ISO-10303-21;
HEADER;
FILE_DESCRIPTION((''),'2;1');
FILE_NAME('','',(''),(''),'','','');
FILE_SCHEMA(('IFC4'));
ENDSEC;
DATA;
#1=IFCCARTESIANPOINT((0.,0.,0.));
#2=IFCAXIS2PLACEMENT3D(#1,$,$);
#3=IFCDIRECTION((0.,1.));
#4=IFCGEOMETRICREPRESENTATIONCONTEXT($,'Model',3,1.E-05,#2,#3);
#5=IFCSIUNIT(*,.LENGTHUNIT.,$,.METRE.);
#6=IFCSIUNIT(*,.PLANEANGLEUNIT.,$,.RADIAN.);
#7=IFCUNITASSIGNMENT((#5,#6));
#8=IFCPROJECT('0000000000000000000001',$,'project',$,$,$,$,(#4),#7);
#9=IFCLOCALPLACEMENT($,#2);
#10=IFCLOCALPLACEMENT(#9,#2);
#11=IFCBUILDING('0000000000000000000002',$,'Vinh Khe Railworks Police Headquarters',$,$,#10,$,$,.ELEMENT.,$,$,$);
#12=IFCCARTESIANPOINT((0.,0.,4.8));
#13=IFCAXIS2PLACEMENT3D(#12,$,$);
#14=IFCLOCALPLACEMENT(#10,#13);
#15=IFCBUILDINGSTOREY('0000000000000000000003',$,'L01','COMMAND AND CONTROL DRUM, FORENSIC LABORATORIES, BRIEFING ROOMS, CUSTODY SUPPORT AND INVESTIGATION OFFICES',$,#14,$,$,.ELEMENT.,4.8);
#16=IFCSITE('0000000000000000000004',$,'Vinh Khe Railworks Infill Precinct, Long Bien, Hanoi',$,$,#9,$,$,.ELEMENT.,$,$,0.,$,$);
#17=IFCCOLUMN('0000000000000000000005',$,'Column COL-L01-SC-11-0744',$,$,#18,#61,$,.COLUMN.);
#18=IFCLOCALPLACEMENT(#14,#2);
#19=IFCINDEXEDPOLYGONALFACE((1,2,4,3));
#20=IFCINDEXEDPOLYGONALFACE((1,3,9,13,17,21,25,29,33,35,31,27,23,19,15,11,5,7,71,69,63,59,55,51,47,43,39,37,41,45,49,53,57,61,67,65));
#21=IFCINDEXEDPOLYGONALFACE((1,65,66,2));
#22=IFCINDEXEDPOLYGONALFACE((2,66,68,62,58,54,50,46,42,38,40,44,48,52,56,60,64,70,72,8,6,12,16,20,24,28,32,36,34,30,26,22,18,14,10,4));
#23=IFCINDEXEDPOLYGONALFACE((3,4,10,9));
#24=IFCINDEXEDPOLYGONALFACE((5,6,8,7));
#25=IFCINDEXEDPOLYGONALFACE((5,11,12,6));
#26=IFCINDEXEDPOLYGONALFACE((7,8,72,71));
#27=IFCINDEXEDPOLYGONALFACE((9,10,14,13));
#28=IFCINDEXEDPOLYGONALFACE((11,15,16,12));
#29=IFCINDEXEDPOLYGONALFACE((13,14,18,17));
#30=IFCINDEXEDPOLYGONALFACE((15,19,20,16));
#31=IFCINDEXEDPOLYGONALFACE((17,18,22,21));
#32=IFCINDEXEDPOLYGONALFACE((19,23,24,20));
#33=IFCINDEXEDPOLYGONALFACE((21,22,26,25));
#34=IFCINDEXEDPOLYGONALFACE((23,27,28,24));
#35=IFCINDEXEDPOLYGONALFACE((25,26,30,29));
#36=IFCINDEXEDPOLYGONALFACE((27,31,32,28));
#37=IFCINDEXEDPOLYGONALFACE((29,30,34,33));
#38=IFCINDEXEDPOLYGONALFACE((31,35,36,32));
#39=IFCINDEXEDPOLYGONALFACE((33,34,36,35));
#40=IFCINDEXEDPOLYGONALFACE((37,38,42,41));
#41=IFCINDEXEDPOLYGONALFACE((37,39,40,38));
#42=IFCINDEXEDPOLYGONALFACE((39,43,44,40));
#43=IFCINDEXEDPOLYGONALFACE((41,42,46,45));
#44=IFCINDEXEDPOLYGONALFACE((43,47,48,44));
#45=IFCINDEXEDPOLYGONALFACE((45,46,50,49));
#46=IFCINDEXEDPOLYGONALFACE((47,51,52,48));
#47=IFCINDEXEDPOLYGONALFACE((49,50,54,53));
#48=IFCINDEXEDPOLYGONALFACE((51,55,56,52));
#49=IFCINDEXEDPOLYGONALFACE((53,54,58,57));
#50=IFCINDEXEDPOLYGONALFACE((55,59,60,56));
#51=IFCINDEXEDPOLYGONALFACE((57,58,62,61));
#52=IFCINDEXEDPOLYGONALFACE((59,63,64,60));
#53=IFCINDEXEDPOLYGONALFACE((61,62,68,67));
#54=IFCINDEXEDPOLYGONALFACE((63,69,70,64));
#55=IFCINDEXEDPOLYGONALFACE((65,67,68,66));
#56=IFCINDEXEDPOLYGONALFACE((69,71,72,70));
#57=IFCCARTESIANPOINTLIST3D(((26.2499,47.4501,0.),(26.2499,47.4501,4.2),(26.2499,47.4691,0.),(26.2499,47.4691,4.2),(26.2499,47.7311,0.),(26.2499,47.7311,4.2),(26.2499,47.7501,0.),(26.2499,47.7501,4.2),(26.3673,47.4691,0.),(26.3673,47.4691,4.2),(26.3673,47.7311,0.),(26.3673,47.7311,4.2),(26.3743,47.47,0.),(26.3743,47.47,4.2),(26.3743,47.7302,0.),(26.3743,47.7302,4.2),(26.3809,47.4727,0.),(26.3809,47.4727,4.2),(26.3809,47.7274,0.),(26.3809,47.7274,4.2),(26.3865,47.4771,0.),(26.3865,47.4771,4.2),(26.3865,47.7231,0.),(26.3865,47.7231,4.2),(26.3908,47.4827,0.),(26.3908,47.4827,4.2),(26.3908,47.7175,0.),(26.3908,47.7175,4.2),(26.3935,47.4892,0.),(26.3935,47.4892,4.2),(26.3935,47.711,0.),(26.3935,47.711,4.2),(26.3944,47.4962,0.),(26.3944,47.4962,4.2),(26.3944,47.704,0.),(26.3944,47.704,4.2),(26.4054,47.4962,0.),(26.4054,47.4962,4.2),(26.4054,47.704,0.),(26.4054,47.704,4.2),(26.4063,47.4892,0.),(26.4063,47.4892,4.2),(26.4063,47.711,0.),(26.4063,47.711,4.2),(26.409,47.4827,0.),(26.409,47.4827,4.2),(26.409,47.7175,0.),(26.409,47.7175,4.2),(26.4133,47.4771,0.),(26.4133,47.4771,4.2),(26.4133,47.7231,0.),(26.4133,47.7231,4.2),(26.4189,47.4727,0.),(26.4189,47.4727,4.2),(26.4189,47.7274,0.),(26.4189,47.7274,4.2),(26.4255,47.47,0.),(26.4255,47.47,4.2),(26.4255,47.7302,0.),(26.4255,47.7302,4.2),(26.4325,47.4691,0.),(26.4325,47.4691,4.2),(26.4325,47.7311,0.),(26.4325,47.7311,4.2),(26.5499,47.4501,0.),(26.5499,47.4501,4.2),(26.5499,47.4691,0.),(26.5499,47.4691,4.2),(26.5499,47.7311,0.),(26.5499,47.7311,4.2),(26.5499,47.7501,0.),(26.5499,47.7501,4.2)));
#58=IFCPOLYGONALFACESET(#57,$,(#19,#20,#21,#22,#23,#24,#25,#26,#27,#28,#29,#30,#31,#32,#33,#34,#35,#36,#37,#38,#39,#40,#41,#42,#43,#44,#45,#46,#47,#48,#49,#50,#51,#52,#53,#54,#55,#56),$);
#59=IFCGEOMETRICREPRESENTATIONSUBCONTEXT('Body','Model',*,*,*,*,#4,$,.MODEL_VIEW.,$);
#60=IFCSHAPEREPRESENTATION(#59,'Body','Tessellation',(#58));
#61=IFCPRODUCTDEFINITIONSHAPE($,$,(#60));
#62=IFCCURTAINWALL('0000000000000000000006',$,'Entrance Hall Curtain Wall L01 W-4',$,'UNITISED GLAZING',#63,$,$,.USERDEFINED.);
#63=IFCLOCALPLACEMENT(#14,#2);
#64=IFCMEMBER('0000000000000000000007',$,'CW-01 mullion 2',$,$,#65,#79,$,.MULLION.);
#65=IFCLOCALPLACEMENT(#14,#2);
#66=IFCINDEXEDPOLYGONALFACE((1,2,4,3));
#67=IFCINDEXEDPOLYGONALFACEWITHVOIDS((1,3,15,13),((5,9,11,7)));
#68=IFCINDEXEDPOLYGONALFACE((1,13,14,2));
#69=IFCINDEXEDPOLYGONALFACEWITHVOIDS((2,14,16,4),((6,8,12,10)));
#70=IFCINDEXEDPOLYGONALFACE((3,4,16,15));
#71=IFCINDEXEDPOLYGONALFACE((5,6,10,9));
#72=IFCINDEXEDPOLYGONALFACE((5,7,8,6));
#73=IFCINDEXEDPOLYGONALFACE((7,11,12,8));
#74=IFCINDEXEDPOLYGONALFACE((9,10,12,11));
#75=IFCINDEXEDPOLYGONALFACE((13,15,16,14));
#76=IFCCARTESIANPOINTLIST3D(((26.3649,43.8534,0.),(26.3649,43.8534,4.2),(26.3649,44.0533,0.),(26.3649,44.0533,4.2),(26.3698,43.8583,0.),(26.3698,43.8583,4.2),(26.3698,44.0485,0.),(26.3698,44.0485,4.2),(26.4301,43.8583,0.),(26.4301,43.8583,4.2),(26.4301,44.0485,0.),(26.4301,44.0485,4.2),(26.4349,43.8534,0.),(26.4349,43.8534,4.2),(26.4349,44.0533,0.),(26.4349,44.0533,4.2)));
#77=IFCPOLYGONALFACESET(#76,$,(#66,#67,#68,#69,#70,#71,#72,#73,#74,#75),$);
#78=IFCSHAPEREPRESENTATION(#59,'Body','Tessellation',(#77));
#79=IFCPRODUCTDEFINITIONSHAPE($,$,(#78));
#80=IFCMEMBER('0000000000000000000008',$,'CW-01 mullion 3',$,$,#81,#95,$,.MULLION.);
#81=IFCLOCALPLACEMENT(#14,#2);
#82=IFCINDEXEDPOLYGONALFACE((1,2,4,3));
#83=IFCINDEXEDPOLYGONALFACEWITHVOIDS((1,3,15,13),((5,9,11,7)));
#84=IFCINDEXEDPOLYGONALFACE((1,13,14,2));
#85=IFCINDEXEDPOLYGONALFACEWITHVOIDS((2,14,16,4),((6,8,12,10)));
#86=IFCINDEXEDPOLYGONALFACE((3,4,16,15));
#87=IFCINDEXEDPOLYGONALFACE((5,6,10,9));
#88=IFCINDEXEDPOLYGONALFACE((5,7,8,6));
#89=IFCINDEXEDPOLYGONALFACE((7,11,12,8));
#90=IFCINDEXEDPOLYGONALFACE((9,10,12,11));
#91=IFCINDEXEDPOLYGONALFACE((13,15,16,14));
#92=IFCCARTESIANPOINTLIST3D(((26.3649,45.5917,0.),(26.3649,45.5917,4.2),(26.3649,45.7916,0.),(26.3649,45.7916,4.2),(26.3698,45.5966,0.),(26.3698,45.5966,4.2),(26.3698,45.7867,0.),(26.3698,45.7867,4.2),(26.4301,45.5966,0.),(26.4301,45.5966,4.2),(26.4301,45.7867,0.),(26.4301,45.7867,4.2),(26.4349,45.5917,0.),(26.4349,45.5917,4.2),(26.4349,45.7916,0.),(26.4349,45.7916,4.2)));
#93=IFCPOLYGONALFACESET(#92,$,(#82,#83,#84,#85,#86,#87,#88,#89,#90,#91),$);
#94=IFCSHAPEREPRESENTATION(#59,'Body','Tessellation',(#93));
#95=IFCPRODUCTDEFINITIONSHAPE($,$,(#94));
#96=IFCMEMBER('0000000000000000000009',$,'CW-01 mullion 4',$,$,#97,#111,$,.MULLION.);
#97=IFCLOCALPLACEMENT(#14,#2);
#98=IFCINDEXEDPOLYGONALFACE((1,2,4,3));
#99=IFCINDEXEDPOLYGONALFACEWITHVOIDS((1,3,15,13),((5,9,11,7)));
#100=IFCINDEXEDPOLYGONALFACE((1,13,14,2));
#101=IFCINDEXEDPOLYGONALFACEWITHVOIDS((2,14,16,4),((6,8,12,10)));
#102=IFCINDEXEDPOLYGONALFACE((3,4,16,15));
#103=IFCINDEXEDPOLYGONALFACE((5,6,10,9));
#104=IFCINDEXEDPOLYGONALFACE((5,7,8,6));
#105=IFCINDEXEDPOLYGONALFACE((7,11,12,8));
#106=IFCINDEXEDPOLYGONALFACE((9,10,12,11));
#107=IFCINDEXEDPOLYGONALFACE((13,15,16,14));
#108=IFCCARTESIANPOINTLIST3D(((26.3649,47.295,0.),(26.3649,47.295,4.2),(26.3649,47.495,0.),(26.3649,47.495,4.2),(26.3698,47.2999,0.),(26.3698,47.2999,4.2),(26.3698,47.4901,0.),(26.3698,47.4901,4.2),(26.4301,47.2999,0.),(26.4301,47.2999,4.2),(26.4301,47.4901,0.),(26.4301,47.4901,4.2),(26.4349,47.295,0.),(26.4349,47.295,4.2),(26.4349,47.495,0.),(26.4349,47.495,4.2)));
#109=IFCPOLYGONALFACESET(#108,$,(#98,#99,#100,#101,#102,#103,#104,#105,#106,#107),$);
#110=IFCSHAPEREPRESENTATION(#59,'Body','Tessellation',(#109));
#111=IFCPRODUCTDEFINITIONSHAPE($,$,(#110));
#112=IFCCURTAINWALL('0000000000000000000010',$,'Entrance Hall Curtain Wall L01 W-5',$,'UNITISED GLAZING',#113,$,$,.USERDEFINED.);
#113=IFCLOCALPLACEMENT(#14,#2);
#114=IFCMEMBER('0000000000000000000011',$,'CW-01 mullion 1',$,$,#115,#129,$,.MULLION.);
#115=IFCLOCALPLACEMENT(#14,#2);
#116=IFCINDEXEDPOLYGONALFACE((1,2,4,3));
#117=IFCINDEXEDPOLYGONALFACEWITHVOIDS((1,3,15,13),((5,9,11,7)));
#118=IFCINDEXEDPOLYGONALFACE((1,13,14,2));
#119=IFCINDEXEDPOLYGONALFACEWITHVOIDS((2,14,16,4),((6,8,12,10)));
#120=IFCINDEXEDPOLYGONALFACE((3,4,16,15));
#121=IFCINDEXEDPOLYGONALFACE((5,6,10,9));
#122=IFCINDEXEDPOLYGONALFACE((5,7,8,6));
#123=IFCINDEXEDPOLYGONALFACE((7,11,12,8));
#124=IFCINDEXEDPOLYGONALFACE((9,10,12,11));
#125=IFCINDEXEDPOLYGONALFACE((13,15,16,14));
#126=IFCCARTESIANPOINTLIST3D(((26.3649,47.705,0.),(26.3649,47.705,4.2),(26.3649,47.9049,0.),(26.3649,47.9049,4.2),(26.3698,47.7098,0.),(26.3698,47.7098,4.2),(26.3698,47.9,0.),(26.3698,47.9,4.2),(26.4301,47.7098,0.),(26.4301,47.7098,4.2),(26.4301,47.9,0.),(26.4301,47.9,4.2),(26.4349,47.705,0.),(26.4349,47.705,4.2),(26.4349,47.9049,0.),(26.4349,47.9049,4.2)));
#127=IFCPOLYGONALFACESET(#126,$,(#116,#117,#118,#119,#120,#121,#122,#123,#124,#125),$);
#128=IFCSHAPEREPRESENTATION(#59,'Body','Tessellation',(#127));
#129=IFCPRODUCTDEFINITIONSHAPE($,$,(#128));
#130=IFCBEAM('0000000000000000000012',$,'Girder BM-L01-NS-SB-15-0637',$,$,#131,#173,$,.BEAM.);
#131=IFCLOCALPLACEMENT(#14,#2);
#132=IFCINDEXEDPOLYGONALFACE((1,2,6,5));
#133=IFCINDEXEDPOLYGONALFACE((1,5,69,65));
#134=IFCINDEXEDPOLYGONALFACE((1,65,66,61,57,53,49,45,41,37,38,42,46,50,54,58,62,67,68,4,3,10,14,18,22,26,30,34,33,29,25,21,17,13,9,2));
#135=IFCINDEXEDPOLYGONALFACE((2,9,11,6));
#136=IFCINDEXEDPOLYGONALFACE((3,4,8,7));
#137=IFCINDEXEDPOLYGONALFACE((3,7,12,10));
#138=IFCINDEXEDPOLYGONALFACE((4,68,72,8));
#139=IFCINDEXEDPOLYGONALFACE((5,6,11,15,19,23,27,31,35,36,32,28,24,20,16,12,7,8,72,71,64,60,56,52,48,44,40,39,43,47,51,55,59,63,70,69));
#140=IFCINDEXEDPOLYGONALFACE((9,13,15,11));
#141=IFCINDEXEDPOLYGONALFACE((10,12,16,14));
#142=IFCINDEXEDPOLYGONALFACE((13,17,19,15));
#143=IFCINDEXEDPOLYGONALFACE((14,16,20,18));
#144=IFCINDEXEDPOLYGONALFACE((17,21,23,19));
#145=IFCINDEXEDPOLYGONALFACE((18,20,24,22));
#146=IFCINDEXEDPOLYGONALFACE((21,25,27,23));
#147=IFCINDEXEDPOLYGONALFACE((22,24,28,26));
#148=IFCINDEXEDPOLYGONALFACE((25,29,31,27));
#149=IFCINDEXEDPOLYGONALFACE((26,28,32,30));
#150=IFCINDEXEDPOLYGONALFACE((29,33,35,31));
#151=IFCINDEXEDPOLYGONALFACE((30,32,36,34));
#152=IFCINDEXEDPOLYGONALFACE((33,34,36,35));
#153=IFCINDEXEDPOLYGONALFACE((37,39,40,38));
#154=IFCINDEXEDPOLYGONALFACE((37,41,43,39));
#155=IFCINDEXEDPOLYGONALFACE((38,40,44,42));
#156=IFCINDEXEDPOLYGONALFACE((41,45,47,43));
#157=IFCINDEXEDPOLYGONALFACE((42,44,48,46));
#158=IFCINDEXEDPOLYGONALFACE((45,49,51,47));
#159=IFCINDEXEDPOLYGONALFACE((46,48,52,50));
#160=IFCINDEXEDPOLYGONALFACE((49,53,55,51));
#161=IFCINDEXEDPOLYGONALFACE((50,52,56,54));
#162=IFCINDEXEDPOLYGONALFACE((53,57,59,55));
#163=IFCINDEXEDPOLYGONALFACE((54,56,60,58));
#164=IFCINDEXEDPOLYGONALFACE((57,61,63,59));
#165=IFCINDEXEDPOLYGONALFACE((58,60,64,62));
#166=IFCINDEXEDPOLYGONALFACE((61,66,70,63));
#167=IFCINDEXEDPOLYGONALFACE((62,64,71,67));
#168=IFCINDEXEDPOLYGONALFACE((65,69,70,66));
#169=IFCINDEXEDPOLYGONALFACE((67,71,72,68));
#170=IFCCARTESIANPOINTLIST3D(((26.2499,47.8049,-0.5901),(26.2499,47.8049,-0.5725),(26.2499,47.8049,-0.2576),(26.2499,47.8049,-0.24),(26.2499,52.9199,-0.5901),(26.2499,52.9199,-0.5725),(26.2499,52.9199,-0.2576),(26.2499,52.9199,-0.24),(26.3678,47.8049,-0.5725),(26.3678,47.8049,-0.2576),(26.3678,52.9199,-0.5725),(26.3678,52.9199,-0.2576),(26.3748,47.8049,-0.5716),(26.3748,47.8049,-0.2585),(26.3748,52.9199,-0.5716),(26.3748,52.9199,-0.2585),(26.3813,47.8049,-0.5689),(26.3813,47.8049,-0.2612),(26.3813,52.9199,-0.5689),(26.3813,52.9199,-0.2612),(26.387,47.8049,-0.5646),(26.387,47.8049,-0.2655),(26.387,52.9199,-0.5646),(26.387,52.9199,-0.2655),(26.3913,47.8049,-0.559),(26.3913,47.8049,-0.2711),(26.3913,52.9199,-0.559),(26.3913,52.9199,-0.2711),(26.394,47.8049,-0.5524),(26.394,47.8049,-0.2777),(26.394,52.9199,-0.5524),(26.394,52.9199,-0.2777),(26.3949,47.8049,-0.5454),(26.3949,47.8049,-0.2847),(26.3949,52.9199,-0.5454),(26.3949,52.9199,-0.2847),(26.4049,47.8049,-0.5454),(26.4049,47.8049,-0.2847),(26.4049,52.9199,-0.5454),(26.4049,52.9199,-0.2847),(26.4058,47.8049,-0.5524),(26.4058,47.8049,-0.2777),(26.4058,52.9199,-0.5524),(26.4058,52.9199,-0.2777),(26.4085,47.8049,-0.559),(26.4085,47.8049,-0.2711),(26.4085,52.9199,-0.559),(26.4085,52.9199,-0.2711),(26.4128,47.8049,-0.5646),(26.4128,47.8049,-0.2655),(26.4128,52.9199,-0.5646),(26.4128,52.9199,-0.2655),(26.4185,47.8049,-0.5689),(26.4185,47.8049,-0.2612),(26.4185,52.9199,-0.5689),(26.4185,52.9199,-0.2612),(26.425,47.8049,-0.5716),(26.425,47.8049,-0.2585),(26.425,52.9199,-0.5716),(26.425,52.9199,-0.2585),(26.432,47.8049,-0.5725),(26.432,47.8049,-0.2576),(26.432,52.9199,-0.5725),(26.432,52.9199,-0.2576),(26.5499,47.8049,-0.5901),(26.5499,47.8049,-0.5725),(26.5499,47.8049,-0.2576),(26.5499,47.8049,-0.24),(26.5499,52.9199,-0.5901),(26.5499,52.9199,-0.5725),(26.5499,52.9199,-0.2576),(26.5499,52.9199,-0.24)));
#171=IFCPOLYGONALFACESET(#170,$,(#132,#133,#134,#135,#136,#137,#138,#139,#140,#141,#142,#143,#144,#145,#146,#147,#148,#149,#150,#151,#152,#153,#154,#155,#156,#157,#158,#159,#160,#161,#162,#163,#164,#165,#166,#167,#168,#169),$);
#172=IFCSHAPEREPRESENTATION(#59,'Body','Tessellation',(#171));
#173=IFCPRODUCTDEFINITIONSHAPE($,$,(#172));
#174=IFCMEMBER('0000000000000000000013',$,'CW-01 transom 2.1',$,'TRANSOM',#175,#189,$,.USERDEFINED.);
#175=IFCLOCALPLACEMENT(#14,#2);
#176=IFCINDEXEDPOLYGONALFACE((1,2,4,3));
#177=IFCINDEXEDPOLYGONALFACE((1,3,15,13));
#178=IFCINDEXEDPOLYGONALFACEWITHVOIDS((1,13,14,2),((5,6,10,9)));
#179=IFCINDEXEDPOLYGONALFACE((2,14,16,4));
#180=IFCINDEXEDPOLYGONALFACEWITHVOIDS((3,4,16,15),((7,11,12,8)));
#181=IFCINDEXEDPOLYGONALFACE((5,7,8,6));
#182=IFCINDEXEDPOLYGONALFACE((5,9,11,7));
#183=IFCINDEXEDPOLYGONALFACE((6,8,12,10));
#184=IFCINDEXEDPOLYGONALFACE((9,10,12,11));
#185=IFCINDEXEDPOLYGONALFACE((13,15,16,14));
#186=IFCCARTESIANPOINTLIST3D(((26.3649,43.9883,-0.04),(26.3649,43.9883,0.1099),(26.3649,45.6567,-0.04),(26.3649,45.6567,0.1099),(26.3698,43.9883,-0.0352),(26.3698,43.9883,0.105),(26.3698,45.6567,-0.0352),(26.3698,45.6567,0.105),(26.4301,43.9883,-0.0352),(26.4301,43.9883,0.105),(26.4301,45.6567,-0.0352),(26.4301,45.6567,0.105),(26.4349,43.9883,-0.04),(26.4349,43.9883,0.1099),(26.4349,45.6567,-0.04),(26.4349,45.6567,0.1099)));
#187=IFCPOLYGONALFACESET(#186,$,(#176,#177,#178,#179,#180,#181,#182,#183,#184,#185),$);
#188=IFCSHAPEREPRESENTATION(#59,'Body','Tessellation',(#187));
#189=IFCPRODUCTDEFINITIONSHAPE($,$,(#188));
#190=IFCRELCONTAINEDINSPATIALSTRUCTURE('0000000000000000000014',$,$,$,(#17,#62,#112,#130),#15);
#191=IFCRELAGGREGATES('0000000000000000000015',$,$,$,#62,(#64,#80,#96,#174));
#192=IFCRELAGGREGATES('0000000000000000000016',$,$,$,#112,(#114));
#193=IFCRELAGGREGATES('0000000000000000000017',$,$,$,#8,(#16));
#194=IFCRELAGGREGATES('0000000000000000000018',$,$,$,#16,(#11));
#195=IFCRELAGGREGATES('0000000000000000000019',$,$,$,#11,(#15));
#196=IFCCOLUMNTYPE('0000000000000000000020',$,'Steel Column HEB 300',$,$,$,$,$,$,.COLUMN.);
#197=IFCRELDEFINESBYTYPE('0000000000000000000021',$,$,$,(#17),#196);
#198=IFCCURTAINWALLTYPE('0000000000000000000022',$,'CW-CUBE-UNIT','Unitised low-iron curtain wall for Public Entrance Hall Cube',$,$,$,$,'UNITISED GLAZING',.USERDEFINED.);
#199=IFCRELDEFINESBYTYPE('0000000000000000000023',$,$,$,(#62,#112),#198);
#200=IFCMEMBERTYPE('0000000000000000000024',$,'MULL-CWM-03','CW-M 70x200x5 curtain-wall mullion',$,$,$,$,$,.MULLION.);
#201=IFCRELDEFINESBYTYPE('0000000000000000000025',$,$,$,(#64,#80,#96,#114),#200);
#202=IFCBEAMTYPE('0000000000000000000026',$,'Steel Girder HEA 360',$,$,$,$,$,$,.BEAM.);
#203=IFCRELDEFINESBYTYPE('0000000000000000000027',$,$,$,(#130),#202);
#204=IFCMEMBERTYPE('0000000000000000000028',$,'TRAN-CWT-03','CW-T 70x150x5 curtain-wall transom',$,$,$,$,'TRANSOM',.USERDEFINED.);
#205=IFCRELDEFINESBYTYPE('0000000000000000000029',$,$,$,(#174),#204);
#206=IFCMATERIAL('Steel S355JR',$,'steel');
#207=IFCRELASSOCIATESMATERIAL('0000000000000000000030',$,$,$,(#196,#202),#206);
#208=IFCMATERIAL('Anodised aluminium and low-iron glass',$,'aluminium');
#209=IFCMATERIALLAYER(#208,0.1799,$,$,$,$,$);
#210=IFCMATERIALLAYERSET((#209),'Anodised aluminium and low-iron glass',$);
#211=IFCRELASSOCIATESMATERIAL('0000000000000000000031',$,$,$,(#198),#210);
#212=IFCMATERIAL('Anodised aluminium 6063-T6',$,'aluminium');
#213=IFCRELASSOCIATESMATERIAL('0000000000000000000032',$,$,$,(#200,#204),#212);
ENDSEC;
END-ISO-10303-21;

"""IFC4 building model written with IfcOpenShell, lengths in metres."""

from ifc_helpers import new_model, si_unit, direction, frame, origin, origin_2d, place, context, subcontext, project, spatial, hollow_rectangle, i_section, extrude, material, layer, layer_set, material_profile, profile_set, type_object, element, aggregate, save


model = new_model("IFC4")

# Units and contexts
model_context = context("Model", 3, precision=1e-05, world=origin(), true_north=direction((0.0, 1.0)))
body_context = subcontext(model_context, "Body", "Model", "MODEL_VIEW")
ifc_project = project(units=[si_unit("LENGTHUNIT", "METRE"), si_unit("PLANEANGLEUNIT", "RADIAN")], contexts=[model_context])

# Site, building, storey
site_placement = place(None, origin())
site = spatial("IfcSite", under=ifc_project, at=site_placement, Name="Vinh Khe Railworks Infill Precinct, Long Bien, Hanoi", CompositionType="ELEMENT", RefElevation=0.0)
building_placement = place(site_placement, origin())
building = spatial("IfcBuilding", under=site, at=building_placement, Name="Vinh Khe Railworks Police Headquarters", CompositionType="ELEMENT")
storey_placement = place(building_placement, frame((0.0, 0.0, 4.8)))
storey = spatial("IfcBuildingStorey", under=building, at=storey_placement, Name="L01", Description="COMMAND AND CONTROL DRUM, FORENSIC LABORATORIES, BRIEFING ROOMS, CUSTODY SUPPORT AND INVESTIGATION OFFICES", CompositionType="ELEMENT", Elevation=4.8)

# Column
ifc_material_1 = material(Name="Steel S355JR", Category="steel")
ifc_material_profile_1 = material_profile(ifc_material_1, i_section(OverallWidth=0.3, OverallDepth=0.3, WebThickness=0.011, FlangeThickness=0.019, FilletRadius=0.0271, at=origin_2d()), Name="HEB 300")
ifc_profile_set_1 = profile_set([ifc_material_profile_1], Name="Steel S355JR")
column_type = type_object("IfcColumnType", Name="Steel Column HEB 300", PredefinedType="COLUMN", material=ifc_profile_set_1)
column_placement = place(storey_placement, frame((26.3999, 47.6001, 0.0), z_axis=(0.0, 0.0, 1.0), x_axis=(1.0, 0.0, 0.0)))
element("IfcColumn", 1, at=column_placement, inside=storey, type_object=column_type, Name="Column COL-L01-SC-11-0744", PredefinedType="COLUMN", context=body_context, shape_type="SweptSolid", body=[
    extrude(i_section(OverallWidth=0.3, OverallDepth=0.3, WebThickness=0.011, FlangeThickness=0.019, FilletRadius=0.0271, at=origin_2d()), origin(), (0.0, 0.0, 1.0), 4.2),
])

# Curtain wall, members
ifc_material_2 = material(Name="Anodised aluminium and low-iron glass", Category="aluminium")
ifc_layer_1 = layer(ifc_material_2, 0.1799)
ifc_layer_set_1 = layer_set([ifc_layer_1], Name="Anodised aluminium and low-iron glass")
curtain_wall_type = type_object("IfcCurtainWallType", Name="CW-CUBE-UNIT", Description="Unitised low-iron curtain wall for Public Entrance Hall Cube", ElementType="UNITISED GLAZING", PredefinedType="USERDEFINED", material=ifc_layer_set_1)
curtain_wall_1_placement = place(storey_placement, origin())
curtain_wall_1 = element("IfcCurtainWall", 2, at=curtain_wall_1_placement, inside=storey, type_object=curtain_wall_type, Name="Entrance Hall Curtain Wall L01 W-4", ObjectType="UNITISED GLAZING", PredefinedType="USERDEFINED")
ifc_material_3 = material(Name="Anodised aluminium 6063-T6", Category="aluminium")
ifc_material_profile_2 = material_profile(ifc_material_3, hollow_rectangle(XDim=0.0701, YDim=0.2, WallThickness=0.0049, at=origin_2d()), Name="CW-M 70x200x5")
ifc_profile_set_2 = profile_set([ifc_material_profile_2], Name="Anodised aluminium 6063-T6")
member_type_1 = type_object("IfcMemberType", Name="MULL-CWM-03", Description="CW-M 70x200x5 curtain-wall mullion", PredefinedType="MULLION", material=ifc_profile_set_2)
member_1_placement = place(storey_placement, frame((26.3999, 43.9534, 0.0), z_axis=(0.0, 0.0, 1.0), x_axis=(-1.0, 0.0, 0.0)))
member_1 = element("IfcMember", 3, at=member_1_placement, type_object=member_type_1, Name="CW-01 mullion 2", PredefinedType="MULLION", context=body_context, shape_type="SweptSolid", body=[
    extrude(hollow_rectangle(XDim=0.0701, YDim=0.2, WallThickness=0.0049, at=origin_2d()), origin(), (0.0, 0.0, 1.0), 4.2),
])
member_2_placement = place(storey_placement, frame((26.3999, 45.6917, 0.0), z_axis=(0.0, 0.0, 1.0), x_axis=(-1.0, 0.0, 0.0)))
member_2 = element("IfcMember", 4, at=member_2_placement, type_object=member_type_1, Name="CW-01 mullion 3", PredefinedType="MULLION", context=body_context, shape_type="SweptSolid", body=[
    extrude(hollow_rectangle(XDim=0.0701, YDim=0.2, WallThickness=0.0049, at=origin_2d()), origin(), (0.0, 0.0, 1.0), 4.2),
])
member_3_placement = place(storey_placement, frame((26.3999, 47.395, 0.0), z_axis=(0.0, 0.0, 1.0), x_axis=(-1.0, 0.0, 0.0)))
member_3 = element("IfcMember", 5, at=member_3_placement, type_object=member_type_1, Name="CW-01 mullion 4", PredefinedType="MULLION", context=body_context, shape_type="SweptSolid", body=[
    extrude(hollow_rectangle(XDim=0.0701, YDim=0.2, WallThickness=0.0049, at=origin_2d()), origin(), (0.0, 0.0, 1.0), 4.2),
])

# Curtain wall, member
curtain_wall_2_placement = place(storey_placement, origin())
curtain_wall_2 = element("IfcCurtainWall", 6, at=curtain_wall_2_placement, inside=storey, type_object=curtain_wall_type, Name="Entrance Hall Curtain Wall L01 W-5", ObjectType="UNITISED GLAZING", PredefinedType="USERDEFINED")
member_4_placement = place(storey_placement, frame((26.3999, 47.8049, 0.0), z_axis=(0.0, 0.0, 1.0), x_axis=(-1.0, 0.0, 0.0)))
member_4 = element("IfcMember", 7, at=member_4_placement, type_object=member_type_1, Name="CW-01 mullion 1", PredefinedType="MULLION", context=body_context, shape_type="SweptSolid", body=[
    extrude(hollow_rectangle(XDim=0.0701, YDim=0.2, WallThickness=0.0049, at=origin_2d()), origin(), (0.0, 0.0, 1.0), 4.2),
])

# Beam
ifc_material_profile_3 = material_profile(ifc_material_1, i_section(OverallWidth=0.3, OverallDepth=0.3501, WebThickness=0.01, FlangeThickness=0.0176, FilletRadius=0.0271, at=origin_2d()), Name="HEA 360")
ifc_profile_set_3 = profile_set([ifc_material_profile_3], Name="Steel S355JR")
beam_type = type_object("IfcBeamType", Name="Steel Girder HEA 360", PredefinedType="BEAM", material=ifc_profile_set_3)
beam_placement = place(storey_placement, frame((26.3999, 47.8049, -0.415), z_axis=(0.0, 1.0, 0.0), x_axis=(-1.0, 0.0, 0.0)))
element("IfcBeam", 8, at=beam_placement, inside=storey, type_object=beam_type, Name="Girder BM-L01-NS-SB-15-0637", PredefinedType="BEAM", context=body_context, shape_type="SweptSolid", body=[
    extrude(i_section(OverallWidth=0.3, OverallDepth=0.3501, WebThickness=0.01, FlangeThickness=0.0176, FilletRadius=0.0271, at=origin_2d()), origin(), (0.0, 0.0, 1.0), 5.115),
])

# Member
ifc_material_profile_4 = material_profile(ifc_material_3, hollow_rectangle(XDim=0.0701, YDim=0.1499, WallThickness=0.0049, at=origin_2d()), Name="CW-T 70x150x5")
ifc_profile_set_4 = profile_set([ifc_material_profile_4], Name="Anodised aluminium 6063-T6")
member_type_2 = type_object("IfcMemberType", Name="TRAN-CWT-03", Description="CW-T 70x150x5 curtain-wall transom", ElementType="TRANSOM", PredefinedType="USERDEFINED", material=ifc_profile_set_4)
member_5_placement = place(storey_placement, frame((26.3999, 43.9883, 0.0349), z_axis=(0.0, 1.0, 0.0), x_axis=(-1.0, 0.0, 0.0)))
member_5 = element("IfcMember", 9, at=member_5_placement, type_object=member_type_2, Name="CW-01 transom 2.1", ObjectType="TRANSOM", PredefinedType="USERDEFINED", context=body_context, shape_type="SweptSolid", body=[
    extrude(hollow_rectangle(XDim=0.0701, YDim=0.1499, WallThickness=0.0049, at=origin_2d()), origin(), (0.0, 0.0, 1.0), 1.6685),
])

aggregate(curtain_wall_1, [member_1, member_2, member_3, member_5])
aggregate(curtain_wall_2, [member_4])

save(model, "model.ifc")
